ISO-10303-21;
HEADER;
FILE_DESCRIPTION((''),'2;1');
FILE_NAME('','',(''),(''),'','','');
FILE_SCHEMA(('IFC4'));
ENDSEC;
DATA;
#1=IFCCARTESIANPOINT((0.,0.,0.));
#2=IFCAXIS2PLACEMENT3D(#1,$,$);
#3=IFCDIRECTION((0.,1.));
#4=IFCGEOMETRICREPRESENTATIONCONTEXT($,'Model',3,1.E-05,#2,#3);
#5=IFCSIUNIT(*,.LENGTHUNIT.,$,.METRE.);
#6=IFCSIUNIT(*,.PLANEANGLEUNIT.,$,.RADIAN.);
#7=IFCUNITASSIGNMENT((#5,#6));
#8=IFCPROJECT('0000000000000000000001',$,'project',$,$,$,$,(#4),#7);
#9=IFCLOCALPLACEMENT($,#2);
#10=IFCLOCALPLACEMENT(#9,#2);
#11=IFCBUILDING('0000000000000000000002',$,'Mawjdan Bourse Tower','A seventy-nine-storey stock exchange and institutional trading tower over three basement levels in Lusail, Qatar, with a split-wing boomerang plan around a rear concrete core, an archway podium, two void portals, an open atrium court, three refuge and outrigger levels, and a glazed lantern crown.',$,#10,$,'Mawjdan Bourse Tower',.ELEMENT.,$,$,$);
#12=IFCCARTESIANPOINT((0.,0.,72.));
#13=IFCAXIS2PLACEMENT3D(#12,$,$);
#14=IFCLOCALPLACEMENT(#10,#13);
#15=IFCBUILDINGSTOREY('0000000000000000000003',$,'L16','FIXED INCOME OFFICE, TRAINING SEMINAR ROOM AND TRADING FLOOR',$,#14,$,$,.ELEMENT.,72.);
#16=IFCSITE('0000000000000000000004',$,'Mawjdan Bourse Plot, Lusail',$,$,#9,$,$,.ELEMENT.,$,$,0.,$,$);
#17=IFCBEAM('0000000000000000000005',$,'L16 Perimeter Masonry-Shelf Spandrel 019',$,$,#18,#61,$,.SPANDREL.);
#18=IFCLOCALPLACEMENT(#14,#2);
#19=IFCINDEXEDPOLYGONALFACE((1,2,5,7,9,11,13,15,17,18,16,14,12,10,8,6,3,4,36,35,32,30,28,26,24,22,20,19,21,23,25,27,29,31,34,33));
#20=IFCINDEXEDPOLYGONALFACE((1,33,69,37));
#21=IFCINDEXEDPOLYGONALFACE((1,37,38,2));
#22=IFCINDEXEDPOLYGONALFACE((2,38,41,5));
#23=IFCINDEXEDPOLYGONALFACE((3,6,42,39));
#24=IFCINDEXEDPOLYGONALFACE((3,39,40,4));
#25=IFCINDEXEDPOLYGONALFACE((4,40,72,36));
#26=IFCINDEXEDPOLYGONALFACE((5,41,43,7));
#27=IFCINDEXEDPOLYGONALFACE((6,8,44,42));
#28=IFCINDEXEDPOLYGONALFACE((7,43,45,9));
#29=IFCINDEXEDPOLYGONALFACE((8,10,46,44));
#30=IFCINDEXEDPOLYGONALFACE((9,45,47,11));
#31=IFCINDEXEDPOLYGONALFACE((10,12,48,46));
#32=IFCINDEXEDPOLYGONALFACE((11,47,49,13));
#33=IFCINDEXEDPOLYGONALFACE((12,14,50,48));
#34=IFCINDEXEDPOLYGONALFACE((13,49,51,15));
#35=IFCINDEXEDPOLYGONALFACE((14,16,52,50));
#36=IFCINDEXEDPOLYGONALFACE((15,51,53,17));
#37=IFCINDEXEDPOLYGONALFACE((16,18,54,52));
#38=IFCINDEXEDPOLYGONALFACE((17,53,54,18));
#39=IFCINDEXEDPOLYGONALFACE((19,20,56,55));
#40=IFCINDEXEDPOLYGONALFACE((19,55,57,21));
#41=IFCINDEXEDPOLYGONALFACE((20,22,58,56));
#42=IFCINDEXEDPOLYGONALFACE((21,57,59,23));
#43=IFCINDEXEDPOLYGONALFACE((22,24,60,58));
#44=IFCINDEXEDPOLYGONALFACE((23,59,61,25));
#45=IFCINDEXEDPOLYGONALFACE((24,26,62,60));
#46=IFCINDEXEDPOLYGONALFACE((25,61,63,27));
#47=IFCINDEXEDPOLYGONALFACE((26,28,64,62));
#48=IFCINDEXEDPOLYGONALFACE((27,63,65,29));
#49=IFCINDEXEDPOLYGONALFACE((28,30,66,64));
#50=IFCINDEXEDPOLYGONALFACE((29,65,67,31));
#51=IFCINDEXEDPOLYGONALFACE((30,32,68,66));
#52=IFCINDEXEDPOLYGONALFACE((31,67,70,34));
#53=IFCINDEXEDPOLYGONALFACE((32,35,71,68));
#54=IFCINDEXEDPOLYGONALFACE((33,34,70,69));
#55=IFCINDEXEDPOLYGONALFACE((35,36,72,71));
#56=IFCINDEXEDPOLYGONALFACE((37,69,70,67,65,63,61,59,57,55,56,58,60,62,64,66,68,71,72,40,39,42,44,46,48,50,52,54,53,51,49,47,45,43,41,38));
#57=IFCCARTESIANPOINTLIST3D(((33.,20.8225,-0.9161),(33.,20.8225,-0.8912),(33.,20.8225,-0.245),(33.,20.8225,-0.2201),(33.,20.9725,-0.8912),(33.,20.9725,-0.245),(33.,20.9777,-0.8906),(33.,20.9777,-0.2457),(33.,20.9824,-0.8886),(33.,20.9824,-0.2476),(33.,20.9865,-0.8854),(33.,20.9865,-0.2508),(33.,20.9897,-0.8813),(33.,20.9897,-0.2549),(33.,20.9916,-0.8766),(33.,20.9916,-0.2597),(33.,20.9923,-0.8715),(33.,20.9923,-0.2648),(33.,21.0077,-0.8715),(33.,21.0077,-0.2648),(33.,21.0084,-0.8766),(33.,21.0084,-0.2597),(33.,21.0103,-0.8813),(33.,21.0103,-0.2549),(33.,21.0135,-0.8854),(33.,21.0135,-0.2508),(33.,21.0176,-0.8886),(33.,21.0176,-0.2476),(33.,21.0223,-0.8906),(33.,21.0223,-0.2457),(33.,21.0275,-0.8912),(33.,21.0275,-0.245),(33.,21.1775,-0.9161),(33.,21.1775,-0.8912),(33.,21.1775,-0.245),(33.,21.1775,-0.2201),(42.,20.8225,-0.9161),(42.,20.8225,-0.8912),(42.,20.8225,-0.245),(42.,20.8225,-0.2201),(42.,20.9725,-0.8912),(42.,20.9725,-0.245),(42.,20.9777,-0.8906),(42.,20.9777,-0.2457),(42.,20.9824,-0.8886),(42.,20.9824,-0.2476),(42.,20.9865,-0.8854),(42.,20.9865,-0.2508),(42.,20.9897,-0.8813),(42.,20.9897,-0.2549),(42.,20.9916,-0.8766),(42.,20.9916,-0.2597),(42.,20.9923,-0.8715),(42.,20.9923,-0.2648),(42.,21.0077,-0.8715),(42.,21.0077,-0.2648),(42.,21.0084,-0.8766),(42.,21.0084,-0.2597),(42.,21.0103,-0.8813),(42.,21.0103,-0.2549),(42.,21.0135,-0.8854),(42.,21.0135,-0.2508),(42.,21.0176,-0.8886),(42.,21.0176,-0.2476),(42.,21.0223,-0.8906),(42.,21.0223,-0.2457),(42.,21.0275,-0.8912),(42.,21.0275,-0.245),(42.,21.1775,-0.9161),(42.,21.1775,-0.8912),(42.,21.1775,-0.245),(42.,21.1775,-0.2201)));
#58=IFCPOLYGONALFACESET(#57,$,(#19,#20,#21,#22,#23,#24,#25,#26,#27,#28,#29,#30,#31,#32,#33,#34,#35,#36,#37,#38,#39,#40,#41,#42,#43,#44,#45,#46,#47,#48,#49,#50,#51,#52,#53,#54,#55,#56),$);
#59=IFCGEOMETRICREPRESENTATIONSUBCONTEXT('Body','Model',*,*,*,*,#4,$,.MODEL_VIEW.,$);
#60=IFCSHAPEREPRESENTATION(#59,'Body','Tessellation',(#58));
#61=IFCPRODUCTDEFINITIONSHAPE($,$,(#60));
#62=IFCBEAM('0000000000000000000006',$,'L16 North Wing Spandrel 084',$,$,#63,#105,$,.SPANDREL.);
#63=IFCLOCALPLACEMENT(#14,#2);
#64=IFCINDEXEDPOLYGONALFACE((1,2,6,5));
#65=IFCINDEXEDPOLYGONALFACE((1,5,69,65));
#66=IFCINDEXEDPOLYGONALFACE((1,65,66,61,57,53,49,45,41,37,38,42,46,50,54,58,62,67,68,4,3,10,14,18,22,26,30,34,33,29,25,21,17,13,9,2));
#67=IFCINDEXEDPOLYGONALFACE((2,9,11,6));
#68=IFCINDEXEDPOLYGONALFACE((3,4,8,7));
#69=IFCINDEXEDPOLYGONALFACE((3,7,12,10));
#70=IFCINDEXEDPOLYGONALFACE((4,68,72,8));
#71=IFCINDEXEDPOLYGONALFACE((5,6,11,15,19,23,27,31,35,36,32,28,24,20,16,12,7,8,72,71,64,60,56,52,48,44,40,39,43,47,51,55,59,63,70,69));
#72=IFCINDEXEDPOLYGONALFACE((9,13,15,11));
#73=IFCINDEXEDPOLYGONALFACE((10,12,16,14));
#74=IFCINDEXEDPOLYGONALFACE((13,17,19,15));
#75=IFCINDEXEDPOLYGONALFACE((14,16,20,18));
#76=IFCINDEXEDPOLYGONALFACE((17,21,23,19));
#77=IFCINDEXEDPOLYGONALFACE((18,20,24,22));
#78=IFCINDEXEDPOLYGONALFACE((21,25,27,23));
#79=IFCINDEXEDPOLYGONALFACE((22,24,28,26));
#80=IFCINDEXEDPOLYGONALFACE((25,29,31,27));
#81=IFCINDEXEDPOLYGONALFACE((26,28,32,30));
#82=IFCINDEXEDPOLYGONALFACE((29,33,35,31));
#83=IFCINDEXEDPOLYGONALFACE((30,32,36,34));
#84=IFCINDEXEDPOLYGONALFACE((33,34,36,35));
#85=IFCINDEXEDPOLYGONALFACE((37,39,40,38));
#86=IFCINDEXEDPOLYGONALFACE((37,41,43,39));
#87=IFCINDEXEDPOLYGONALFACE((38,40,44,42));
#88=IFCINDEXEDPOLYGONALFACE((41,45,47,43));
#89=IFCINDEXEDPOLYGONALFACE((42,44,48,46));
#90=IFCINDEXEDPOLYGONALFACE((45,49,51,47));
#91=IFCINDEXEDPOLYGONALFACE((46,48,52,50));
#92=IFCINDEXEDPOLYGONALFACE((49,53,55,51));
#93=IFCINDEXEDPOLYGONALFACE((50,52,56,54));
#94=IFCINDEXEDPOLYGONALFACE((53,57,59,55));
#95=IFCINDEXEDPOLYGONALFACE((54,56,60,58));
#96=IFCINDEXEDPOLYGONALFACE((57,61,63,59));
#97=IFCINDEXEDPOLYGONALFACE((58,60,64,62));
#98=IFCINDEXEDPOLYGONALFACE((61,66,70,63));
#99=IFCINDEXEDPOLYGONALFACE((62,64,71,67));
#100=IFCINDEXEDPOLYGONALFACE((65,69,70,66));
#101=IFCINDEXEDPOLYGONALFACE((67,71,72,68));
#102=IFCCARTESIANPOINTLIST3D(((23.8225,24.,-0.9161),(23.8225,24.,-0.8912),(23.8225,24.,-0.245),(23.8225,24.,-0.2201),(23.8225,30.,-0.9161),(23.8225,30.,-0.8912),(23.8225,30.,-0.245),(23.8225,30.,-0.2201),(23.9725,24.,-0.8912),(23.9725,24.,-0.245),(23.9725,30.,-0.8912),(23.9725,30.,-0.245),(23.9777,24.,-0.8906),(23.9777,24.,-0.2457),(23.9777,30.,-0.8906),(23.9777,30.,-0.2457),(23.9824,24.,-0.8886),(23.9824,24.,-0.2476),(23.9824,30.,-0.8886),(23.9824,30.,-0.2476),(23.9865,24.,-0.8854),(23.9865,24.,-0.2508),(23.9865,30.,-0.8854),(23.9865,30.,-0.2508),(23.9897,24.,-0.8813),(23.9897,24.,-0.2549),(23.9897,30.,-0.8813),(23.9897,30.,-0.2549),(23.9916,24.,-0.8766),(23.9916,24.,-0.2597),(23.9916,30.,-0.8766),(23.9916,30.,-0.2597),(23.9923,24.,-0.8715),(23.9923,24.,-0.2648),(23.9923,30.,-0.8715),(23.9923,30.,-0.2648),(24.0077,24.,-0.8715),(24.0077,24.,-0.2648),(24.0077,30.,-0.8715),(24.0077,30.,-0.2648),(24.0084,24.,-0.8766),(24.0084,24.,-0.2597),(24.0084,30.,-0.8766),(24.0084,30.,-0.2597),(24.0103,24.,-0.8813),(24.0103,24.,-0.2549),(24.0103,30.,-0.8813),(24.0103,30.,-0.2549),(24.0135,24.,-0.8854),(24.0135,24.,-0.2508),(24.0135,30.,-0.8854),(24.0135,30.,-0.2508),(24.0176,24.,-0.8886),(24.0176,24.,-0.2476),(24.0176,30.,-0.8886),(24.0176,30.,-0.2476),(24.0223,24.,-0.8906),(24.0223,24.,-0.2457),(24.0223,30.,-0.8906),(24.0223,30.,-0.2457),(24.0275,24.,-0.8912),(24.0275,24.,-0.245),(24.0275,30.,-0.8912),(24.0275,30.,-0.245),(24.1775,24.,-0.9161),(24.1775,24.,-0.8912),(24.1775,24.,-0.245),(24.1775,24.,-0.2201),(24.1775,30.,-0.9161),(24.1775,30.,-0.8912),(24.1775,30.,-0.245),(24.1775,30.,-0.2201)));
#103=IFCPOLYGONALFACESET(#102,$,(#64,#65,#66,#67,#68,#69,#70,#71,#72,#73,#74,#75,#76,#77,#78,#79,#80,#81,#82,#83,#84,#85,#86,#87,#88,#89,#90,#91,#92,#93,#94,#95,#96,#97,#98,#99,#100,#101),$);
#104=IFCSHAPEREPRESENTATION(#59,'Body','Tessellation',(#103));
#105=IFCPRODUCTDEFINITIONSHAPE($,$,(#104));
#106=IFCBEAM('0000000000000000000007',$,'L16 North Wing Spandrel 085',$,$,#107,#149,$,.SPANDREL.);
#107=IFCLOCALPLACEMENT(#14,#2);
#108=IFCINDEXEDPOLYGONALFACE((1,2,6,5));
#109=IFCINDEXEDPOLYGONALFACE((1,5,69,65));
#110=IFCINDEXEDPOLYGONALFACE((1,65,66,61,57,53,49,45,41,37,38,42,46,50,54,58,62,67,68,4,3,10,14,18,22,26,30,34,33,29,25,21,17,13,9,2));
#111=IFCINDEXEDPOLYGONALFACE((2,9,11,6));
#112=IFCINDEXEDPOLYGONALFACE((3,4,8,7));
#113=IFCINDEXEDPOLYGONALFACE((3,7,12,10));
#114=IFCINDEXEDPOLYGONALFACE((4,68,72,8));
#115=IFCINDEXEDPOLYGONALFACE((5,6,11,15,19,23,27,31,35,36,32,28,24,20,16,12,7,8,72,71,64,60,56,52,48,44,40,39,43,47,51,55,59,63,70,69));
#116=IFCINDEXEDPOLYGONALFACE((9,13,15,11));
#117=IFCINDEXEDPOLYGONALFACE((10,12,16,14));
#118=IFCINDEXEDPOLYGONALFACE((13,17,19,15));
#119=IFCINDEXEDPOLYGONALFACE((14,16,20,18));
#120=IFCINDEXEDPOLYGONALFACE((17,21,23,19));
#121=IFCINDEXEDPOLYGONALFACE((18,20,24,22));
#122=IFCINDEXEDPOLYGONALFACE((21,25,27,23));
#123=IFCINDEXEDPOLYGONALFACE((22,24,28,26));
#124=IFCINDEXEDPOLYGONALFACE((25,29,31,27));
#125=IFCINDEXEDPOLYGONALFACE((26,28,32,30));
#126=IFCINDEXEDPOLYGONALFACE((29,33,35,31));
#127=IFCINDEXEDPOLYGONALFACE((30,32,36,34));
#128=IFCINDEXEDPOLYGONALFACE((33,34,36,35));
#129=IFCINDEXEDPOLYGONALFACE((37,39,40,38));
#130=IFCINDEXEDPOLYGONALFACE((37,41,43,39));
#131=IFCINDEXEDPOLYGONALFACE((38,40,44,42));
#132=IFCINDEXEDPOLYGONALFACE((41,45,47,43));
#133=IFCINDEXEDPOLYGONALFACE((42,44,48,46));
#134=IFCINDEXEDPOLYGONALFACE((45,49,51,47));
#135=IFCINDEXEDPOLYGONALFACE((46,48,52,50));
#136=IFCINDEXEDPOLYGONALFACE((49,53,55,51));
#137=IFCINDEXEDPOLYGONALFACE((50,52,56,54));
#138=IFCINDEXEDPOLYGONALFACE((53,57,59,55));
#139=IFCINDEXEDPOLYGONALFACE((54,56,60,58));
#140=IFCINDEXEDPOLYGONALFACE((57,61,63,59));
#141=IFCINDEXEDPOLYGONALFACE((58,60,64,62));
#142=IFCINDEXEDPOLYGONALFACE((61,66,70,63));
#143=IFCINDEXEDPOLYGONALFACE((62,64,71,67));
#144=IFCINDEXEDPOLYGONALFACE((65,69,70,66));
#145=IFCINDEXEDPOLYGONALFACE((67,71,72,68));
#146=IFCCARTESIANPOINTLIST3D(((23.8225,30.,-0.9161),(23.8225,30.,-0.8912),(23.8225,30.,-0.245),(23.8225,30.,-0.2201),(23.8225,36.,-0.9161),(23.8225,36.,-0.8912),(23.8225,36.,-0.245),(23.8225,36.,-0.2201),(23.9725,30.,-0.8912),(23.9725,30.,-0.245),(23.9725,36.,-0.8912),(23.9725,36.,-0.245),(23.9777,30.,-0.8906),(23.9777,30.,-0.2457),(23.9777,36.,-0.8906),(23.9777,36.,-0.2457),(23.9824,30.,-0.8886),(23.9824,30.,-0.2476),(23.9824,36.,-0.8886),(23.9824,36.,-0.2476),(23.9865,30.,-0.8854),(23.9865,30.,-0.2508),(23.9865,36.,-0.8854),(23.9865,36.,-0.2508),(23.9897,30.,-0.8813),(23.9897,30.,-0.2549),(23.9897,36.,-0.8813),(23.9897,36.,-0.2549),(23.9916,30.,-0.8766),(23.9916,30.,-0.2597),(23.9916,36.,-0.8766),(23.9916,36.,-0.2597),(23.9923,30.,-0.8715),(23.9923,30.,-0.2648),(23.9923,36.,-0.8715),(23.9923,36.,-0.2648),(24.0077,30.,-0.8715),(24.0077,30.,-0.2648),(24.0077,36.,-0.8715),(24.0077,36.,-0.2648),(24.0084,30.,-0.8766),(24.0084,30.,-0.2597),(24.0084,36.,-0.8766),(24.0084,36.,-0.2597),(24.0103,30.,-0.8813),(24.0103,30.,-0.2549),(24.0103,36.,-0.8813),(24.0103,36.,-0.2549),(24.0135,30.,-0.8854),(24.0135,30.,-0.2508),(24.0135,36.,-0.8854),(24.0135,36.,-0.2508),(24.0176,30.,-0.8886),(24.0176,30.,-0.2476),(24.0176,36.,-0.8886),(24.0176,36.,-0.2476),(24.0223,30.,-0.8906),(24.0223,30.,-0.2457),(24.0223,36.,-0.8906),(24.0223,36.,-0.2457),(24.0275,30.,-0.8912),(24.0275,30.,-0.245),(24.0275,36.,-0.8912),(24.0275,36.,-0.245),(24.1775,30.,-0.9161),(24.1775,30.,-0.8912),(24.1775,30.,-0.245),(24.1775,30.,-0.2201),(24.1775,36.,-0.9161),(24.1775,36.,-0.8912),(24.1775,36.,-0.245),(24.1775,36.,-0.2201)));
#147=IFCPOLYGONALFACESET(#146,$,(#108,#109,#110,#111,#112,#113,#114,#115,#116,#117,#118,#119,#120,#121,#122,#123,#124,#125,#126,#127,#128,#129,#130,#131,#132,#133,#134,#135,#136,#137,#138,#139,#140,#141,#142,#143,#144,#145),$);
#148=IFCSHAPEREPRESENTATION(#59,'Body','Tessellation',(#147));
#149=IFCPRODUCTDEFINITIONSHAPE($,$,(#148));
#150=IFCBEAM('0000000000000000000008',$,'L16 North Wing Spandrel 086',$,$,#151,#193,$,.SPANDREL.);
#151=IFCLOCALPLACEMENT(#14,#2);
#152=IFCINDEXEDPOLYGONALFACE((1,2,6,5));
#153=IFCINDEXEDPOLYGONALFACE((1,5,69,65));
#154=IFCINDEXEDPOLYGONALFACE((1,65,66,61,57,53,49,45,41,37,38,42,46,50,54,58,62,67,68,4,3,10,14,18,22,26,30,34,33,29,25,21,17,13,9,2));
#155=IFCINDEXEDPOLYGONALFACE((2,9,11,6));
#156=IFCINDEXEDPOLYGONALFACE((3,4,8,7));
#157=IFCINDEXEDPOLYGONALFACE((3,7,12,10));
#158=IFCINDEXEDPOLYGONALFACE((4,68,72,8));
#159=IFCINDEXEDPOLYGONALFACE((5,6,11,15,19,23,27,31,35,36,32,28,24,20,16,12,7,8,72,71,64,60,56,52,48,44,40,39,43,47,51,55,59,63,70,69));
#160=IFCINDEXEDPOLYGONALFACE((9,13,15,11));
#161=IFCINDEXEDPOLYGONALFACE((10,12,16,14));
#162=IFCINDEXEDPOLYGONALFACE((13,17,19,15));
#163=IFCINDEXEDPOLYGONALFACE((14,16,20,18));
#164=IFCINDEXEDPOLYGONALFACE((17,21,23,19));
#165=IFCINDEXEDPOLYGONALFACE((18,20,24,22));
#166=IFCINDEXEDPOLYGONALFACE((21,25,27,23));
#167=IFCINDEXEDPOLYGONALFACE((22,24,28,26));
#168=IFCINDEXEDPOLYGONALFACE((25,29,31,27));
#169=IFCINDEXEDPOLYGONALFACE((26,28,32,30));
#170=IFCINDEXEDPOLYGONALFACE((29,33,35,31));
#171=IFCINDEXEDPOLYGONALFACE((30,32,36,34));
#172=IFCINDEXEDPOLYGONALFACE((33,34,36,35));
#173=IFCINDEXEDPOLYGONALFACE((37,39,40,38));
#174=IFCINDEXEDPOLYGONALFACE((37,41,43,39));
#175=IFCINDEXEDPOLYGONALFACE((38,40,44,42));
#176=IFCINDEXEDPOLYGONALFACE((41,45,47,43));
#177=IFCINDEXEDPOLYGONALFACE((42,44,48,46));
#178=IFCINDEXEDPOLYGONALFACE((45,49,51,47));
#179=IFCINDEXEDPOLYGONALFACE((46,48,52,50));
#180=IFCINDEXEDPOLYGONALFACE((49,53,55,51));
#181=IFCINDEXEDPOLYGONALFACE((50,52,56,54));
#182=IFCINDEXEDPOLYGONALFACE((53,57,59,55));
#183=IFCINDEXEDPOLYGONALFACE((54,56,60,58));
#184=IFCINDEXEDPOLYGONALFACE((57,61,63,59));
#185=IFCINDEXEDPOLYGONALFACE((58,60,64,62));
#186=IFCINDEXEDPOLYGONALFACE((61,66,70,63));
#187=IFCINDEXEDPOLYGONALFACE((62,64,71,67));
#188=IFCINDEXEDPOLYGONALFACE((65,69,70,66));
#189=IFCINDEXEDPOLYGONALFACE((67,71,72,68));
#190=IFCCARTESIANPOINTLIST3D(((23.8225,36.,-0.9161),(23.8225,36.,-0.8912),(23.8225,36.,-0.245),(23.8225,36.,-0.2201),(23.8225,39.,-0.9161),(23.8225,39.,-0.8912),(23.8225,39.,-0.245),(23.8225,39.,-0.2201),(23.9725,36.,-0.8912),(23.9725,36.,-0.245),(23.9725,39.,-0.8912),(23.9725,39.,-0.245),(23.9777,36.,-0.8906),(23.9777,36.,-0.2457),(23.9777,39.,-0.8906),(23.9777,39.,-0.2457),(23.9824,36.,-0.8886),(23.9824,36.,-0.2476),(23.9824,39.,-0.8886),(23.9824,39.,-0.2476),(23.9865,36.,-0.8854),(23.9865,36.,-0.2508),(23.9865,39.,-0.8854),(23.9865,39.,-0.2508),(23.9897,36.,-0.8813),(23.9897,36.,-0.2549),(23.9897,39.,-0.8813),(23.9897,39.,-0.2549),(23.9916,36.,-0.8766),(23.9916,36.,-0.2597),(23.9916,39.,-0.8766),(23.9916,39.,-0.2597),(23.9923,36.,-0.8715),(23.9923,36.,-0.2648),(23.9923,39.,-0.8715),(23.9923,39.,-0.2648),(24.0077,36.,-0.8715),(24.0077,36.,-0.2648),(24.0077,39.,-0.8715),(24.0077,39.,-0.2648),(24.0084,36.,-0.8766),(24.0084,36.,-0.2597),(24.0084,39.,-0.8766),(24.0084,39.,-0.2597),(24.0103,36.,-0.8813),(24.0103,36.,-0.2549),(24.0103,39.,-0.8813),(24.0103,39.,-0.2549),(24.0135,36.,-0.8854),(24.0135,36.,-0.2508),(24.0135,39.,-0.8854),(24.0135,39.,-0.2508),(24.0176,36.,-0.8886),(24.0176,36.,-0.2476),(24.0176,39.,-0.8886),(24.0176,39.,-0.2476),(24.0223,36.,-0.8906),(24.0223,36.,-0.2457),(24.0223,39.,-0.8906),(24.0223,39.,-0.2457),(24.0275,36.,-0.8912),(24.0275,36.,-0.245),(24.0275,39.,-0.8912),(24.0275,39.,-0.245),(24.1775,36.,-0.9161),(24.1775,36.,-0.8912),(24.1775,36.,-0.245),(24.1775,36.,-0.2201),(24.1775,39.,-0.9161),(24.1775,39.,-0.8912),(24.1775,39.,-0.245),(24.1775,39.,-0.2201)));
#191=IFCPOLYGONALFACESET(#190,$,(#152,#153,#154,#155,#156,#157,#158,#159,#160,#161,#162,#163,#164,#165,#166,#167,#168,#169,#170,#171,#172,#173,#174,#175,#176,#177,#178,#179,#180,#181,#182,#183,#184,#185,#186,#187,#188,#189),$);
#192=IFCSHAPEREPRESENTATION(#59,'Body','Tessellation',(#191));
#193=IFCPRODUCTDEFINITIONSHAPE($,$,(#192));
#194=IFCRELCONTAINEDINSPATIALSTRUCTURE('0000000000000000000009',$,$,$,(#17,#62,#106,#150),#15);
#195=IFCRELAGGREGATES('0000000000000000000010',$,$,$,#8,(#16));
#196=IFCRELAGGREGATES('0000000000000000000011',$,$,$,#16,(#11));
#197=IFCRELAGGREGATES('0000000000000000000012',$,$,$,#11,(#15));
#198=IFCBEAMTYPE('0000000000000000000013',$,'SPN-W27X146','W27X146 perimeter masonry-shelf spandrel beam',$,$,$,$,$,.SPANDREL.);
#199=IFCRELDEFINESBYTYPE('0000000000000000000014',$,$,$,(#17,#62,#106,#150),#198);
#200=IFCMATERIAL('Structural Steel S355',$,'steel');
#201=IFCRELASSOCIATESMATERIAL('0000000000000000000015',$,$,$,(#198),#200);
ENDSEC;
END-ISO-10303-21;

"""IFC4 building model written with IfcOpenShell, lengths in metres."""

from ifc_helpers import new_model, si_unit, direction, frame, origin, origin_2d, place, context, subcontext, project, spatial, i_section, extrude, material, material_profile, profile_set, type_object, element, save


model = new_model("IFC4")

# Units and contexts
model_context = context("Model", 3, precision=1e-05, world=origin(), true_north=direction((0.0, 1.0)))
body_context = subcontext(model_context, "Body", "Model", "MODEL_VIEW")
ifc_project = project(units=[si_unit("LENGTHUNIT", "METRE"), si_unit("PLANEANGLEUNIT", "RADIAN")], contexts=[model_context])

# Site, building, storey
site_placement = place(None, origin())
site = spatial("IfcSite", under=ifc_project, at=site_placement, Name="Mawjdan Bourse Plot, Lusail", CompositionType="ELEMENT", RefElevation=0.0)
building_placement = place(site_placement, origin())
building = spatial("IfcBuilding", under=site, at=building_placement, Name="Mawjdan Bourse Tower", Description="A seventy-nine-storey stock exchange and institutional trading tower over three basement levels in Lusail, Qatar, with a split-wing boomerang plan around a rear concrete core, an archway podium, two void portals, an open atrium court, three refuge and outrigger levels, and a glazed lantern crown.", LongName="Mawjdan Bourse Tower", CompositionType="ELEMENT")
storey_placement = place(building_placement, frame((0.0, 0.0, 72.0)))
storey = spatial("IfcBuildingStorey", under=building, at=storey_placement, Name="L16", Description="FIXED INCOME OFFICE, TRAINING SEMINAR ROOM AND TRADING FLOOR", CompositionType="ELEMENT", Elevation=72.0)

# Beams
ifc_material_1 = material(Name="Structural Steel S355", Category="steel")
ifc_material_profile_1 = material_profile(ifc_material_1, i_section(OverallWidth=0.355, OverallDepth=0.696, WebThickness=0.0154, FlangeThickness=0.0249, FilletRadius=0.0198, at=origin_2d()), Name="W27X146")
ifc_profile_set_1 = profile_set([ifc_material_profile_1], Name="Structural Steel S355")
beam_type_1 = type_object("IfcBeamType", Name="SPN-W27X146", Description="W27X146 perimeter masonry-shelf spandrel beam", PredefinedType="SPANDREL", material=ifc_profile_set_1)
beam_1_placement = place(storey_placement, frame((33.0, 21.0, -0.5681), z_axis=(1.0, 0.0, 0.0), x_axis=(0.0, 1.0, 0.0)))
element("IfcBeam", 1, at=beam_1_placement, inside=storey, type_object=beam_type_1, Name="L16 Perimeter Masonry-Shelf Spandrel 019", PredefinedType="SPANDREL", context=body_context, shape_type="SweptSolid", body=[
    extrude(i_section(OverallWidth=0.355, OverallDepth=0.696, WebThickness=0.0154, FlangeThickness=0.0249, FilletRadius=0.0198, at=origin_2d()), origin(), (0.0, 0.0, 1.0), 9.0),
])
for number, where, z_axis, x_axis, name in (
    (2, (24.0, 24.0, -0.5681), (0.0, 1.0, 0.0), (-1.0, 0.0, 0.0), "L16 North Wing Spandrel 084"),
    (3, (24.0, 30.0, -0.5681), (0.0, 1.0, 0.0), (-1.0, 0.0, 0.0), "L16 North Wing Spandrel 085"),
):
    element("IfcBeam", number, at=place(storey_placement, frame(where, z_axis=z_axis, x_axis=x_axis)), inside=storey, type_object=beam_type_1, Name=name, PredefinedType="SPANDREL", context=body_context, shape_type="SweptSolid", body=[
        extrude(i_section(OverallWidth=0.355, OverallDepth=0.696, WebThickness=0.0154, FlangeThickness=0.0249, FilletRadius=0.0198, at=origin_2d()), origin(), (0.0, 0.0, 1.0), 6.0),
    ])
for number, where, z_axis, x_axis, name in (
    (4, (24.0, 36.0, -0.5681), (0.0, 1.0, 0.0), (-1.0, 0.0, 0.0), "L16 North Wing Spandrel 086"),
):
    element("IfcBeam", number, at=place(storey_placement, frame(where, z_axis=z_axis, x_axis=x_axis)), inside=storey, type_object=beam_type_1, Name=name, PredefinedType="SPANDREL", context=body_context, shape_type="SweptSolid", body=[
        extrude(i_section(OverallWidth=0.355, OverallDepth=0.696, WebThickness=0.0154, FlangeThickness=0.0249, FilletRadius=0.0198, at=origin_2d()), origin(), (0.0, 0.0, 1.0), 3.0),
    ])

save(model, "model.ifc")
